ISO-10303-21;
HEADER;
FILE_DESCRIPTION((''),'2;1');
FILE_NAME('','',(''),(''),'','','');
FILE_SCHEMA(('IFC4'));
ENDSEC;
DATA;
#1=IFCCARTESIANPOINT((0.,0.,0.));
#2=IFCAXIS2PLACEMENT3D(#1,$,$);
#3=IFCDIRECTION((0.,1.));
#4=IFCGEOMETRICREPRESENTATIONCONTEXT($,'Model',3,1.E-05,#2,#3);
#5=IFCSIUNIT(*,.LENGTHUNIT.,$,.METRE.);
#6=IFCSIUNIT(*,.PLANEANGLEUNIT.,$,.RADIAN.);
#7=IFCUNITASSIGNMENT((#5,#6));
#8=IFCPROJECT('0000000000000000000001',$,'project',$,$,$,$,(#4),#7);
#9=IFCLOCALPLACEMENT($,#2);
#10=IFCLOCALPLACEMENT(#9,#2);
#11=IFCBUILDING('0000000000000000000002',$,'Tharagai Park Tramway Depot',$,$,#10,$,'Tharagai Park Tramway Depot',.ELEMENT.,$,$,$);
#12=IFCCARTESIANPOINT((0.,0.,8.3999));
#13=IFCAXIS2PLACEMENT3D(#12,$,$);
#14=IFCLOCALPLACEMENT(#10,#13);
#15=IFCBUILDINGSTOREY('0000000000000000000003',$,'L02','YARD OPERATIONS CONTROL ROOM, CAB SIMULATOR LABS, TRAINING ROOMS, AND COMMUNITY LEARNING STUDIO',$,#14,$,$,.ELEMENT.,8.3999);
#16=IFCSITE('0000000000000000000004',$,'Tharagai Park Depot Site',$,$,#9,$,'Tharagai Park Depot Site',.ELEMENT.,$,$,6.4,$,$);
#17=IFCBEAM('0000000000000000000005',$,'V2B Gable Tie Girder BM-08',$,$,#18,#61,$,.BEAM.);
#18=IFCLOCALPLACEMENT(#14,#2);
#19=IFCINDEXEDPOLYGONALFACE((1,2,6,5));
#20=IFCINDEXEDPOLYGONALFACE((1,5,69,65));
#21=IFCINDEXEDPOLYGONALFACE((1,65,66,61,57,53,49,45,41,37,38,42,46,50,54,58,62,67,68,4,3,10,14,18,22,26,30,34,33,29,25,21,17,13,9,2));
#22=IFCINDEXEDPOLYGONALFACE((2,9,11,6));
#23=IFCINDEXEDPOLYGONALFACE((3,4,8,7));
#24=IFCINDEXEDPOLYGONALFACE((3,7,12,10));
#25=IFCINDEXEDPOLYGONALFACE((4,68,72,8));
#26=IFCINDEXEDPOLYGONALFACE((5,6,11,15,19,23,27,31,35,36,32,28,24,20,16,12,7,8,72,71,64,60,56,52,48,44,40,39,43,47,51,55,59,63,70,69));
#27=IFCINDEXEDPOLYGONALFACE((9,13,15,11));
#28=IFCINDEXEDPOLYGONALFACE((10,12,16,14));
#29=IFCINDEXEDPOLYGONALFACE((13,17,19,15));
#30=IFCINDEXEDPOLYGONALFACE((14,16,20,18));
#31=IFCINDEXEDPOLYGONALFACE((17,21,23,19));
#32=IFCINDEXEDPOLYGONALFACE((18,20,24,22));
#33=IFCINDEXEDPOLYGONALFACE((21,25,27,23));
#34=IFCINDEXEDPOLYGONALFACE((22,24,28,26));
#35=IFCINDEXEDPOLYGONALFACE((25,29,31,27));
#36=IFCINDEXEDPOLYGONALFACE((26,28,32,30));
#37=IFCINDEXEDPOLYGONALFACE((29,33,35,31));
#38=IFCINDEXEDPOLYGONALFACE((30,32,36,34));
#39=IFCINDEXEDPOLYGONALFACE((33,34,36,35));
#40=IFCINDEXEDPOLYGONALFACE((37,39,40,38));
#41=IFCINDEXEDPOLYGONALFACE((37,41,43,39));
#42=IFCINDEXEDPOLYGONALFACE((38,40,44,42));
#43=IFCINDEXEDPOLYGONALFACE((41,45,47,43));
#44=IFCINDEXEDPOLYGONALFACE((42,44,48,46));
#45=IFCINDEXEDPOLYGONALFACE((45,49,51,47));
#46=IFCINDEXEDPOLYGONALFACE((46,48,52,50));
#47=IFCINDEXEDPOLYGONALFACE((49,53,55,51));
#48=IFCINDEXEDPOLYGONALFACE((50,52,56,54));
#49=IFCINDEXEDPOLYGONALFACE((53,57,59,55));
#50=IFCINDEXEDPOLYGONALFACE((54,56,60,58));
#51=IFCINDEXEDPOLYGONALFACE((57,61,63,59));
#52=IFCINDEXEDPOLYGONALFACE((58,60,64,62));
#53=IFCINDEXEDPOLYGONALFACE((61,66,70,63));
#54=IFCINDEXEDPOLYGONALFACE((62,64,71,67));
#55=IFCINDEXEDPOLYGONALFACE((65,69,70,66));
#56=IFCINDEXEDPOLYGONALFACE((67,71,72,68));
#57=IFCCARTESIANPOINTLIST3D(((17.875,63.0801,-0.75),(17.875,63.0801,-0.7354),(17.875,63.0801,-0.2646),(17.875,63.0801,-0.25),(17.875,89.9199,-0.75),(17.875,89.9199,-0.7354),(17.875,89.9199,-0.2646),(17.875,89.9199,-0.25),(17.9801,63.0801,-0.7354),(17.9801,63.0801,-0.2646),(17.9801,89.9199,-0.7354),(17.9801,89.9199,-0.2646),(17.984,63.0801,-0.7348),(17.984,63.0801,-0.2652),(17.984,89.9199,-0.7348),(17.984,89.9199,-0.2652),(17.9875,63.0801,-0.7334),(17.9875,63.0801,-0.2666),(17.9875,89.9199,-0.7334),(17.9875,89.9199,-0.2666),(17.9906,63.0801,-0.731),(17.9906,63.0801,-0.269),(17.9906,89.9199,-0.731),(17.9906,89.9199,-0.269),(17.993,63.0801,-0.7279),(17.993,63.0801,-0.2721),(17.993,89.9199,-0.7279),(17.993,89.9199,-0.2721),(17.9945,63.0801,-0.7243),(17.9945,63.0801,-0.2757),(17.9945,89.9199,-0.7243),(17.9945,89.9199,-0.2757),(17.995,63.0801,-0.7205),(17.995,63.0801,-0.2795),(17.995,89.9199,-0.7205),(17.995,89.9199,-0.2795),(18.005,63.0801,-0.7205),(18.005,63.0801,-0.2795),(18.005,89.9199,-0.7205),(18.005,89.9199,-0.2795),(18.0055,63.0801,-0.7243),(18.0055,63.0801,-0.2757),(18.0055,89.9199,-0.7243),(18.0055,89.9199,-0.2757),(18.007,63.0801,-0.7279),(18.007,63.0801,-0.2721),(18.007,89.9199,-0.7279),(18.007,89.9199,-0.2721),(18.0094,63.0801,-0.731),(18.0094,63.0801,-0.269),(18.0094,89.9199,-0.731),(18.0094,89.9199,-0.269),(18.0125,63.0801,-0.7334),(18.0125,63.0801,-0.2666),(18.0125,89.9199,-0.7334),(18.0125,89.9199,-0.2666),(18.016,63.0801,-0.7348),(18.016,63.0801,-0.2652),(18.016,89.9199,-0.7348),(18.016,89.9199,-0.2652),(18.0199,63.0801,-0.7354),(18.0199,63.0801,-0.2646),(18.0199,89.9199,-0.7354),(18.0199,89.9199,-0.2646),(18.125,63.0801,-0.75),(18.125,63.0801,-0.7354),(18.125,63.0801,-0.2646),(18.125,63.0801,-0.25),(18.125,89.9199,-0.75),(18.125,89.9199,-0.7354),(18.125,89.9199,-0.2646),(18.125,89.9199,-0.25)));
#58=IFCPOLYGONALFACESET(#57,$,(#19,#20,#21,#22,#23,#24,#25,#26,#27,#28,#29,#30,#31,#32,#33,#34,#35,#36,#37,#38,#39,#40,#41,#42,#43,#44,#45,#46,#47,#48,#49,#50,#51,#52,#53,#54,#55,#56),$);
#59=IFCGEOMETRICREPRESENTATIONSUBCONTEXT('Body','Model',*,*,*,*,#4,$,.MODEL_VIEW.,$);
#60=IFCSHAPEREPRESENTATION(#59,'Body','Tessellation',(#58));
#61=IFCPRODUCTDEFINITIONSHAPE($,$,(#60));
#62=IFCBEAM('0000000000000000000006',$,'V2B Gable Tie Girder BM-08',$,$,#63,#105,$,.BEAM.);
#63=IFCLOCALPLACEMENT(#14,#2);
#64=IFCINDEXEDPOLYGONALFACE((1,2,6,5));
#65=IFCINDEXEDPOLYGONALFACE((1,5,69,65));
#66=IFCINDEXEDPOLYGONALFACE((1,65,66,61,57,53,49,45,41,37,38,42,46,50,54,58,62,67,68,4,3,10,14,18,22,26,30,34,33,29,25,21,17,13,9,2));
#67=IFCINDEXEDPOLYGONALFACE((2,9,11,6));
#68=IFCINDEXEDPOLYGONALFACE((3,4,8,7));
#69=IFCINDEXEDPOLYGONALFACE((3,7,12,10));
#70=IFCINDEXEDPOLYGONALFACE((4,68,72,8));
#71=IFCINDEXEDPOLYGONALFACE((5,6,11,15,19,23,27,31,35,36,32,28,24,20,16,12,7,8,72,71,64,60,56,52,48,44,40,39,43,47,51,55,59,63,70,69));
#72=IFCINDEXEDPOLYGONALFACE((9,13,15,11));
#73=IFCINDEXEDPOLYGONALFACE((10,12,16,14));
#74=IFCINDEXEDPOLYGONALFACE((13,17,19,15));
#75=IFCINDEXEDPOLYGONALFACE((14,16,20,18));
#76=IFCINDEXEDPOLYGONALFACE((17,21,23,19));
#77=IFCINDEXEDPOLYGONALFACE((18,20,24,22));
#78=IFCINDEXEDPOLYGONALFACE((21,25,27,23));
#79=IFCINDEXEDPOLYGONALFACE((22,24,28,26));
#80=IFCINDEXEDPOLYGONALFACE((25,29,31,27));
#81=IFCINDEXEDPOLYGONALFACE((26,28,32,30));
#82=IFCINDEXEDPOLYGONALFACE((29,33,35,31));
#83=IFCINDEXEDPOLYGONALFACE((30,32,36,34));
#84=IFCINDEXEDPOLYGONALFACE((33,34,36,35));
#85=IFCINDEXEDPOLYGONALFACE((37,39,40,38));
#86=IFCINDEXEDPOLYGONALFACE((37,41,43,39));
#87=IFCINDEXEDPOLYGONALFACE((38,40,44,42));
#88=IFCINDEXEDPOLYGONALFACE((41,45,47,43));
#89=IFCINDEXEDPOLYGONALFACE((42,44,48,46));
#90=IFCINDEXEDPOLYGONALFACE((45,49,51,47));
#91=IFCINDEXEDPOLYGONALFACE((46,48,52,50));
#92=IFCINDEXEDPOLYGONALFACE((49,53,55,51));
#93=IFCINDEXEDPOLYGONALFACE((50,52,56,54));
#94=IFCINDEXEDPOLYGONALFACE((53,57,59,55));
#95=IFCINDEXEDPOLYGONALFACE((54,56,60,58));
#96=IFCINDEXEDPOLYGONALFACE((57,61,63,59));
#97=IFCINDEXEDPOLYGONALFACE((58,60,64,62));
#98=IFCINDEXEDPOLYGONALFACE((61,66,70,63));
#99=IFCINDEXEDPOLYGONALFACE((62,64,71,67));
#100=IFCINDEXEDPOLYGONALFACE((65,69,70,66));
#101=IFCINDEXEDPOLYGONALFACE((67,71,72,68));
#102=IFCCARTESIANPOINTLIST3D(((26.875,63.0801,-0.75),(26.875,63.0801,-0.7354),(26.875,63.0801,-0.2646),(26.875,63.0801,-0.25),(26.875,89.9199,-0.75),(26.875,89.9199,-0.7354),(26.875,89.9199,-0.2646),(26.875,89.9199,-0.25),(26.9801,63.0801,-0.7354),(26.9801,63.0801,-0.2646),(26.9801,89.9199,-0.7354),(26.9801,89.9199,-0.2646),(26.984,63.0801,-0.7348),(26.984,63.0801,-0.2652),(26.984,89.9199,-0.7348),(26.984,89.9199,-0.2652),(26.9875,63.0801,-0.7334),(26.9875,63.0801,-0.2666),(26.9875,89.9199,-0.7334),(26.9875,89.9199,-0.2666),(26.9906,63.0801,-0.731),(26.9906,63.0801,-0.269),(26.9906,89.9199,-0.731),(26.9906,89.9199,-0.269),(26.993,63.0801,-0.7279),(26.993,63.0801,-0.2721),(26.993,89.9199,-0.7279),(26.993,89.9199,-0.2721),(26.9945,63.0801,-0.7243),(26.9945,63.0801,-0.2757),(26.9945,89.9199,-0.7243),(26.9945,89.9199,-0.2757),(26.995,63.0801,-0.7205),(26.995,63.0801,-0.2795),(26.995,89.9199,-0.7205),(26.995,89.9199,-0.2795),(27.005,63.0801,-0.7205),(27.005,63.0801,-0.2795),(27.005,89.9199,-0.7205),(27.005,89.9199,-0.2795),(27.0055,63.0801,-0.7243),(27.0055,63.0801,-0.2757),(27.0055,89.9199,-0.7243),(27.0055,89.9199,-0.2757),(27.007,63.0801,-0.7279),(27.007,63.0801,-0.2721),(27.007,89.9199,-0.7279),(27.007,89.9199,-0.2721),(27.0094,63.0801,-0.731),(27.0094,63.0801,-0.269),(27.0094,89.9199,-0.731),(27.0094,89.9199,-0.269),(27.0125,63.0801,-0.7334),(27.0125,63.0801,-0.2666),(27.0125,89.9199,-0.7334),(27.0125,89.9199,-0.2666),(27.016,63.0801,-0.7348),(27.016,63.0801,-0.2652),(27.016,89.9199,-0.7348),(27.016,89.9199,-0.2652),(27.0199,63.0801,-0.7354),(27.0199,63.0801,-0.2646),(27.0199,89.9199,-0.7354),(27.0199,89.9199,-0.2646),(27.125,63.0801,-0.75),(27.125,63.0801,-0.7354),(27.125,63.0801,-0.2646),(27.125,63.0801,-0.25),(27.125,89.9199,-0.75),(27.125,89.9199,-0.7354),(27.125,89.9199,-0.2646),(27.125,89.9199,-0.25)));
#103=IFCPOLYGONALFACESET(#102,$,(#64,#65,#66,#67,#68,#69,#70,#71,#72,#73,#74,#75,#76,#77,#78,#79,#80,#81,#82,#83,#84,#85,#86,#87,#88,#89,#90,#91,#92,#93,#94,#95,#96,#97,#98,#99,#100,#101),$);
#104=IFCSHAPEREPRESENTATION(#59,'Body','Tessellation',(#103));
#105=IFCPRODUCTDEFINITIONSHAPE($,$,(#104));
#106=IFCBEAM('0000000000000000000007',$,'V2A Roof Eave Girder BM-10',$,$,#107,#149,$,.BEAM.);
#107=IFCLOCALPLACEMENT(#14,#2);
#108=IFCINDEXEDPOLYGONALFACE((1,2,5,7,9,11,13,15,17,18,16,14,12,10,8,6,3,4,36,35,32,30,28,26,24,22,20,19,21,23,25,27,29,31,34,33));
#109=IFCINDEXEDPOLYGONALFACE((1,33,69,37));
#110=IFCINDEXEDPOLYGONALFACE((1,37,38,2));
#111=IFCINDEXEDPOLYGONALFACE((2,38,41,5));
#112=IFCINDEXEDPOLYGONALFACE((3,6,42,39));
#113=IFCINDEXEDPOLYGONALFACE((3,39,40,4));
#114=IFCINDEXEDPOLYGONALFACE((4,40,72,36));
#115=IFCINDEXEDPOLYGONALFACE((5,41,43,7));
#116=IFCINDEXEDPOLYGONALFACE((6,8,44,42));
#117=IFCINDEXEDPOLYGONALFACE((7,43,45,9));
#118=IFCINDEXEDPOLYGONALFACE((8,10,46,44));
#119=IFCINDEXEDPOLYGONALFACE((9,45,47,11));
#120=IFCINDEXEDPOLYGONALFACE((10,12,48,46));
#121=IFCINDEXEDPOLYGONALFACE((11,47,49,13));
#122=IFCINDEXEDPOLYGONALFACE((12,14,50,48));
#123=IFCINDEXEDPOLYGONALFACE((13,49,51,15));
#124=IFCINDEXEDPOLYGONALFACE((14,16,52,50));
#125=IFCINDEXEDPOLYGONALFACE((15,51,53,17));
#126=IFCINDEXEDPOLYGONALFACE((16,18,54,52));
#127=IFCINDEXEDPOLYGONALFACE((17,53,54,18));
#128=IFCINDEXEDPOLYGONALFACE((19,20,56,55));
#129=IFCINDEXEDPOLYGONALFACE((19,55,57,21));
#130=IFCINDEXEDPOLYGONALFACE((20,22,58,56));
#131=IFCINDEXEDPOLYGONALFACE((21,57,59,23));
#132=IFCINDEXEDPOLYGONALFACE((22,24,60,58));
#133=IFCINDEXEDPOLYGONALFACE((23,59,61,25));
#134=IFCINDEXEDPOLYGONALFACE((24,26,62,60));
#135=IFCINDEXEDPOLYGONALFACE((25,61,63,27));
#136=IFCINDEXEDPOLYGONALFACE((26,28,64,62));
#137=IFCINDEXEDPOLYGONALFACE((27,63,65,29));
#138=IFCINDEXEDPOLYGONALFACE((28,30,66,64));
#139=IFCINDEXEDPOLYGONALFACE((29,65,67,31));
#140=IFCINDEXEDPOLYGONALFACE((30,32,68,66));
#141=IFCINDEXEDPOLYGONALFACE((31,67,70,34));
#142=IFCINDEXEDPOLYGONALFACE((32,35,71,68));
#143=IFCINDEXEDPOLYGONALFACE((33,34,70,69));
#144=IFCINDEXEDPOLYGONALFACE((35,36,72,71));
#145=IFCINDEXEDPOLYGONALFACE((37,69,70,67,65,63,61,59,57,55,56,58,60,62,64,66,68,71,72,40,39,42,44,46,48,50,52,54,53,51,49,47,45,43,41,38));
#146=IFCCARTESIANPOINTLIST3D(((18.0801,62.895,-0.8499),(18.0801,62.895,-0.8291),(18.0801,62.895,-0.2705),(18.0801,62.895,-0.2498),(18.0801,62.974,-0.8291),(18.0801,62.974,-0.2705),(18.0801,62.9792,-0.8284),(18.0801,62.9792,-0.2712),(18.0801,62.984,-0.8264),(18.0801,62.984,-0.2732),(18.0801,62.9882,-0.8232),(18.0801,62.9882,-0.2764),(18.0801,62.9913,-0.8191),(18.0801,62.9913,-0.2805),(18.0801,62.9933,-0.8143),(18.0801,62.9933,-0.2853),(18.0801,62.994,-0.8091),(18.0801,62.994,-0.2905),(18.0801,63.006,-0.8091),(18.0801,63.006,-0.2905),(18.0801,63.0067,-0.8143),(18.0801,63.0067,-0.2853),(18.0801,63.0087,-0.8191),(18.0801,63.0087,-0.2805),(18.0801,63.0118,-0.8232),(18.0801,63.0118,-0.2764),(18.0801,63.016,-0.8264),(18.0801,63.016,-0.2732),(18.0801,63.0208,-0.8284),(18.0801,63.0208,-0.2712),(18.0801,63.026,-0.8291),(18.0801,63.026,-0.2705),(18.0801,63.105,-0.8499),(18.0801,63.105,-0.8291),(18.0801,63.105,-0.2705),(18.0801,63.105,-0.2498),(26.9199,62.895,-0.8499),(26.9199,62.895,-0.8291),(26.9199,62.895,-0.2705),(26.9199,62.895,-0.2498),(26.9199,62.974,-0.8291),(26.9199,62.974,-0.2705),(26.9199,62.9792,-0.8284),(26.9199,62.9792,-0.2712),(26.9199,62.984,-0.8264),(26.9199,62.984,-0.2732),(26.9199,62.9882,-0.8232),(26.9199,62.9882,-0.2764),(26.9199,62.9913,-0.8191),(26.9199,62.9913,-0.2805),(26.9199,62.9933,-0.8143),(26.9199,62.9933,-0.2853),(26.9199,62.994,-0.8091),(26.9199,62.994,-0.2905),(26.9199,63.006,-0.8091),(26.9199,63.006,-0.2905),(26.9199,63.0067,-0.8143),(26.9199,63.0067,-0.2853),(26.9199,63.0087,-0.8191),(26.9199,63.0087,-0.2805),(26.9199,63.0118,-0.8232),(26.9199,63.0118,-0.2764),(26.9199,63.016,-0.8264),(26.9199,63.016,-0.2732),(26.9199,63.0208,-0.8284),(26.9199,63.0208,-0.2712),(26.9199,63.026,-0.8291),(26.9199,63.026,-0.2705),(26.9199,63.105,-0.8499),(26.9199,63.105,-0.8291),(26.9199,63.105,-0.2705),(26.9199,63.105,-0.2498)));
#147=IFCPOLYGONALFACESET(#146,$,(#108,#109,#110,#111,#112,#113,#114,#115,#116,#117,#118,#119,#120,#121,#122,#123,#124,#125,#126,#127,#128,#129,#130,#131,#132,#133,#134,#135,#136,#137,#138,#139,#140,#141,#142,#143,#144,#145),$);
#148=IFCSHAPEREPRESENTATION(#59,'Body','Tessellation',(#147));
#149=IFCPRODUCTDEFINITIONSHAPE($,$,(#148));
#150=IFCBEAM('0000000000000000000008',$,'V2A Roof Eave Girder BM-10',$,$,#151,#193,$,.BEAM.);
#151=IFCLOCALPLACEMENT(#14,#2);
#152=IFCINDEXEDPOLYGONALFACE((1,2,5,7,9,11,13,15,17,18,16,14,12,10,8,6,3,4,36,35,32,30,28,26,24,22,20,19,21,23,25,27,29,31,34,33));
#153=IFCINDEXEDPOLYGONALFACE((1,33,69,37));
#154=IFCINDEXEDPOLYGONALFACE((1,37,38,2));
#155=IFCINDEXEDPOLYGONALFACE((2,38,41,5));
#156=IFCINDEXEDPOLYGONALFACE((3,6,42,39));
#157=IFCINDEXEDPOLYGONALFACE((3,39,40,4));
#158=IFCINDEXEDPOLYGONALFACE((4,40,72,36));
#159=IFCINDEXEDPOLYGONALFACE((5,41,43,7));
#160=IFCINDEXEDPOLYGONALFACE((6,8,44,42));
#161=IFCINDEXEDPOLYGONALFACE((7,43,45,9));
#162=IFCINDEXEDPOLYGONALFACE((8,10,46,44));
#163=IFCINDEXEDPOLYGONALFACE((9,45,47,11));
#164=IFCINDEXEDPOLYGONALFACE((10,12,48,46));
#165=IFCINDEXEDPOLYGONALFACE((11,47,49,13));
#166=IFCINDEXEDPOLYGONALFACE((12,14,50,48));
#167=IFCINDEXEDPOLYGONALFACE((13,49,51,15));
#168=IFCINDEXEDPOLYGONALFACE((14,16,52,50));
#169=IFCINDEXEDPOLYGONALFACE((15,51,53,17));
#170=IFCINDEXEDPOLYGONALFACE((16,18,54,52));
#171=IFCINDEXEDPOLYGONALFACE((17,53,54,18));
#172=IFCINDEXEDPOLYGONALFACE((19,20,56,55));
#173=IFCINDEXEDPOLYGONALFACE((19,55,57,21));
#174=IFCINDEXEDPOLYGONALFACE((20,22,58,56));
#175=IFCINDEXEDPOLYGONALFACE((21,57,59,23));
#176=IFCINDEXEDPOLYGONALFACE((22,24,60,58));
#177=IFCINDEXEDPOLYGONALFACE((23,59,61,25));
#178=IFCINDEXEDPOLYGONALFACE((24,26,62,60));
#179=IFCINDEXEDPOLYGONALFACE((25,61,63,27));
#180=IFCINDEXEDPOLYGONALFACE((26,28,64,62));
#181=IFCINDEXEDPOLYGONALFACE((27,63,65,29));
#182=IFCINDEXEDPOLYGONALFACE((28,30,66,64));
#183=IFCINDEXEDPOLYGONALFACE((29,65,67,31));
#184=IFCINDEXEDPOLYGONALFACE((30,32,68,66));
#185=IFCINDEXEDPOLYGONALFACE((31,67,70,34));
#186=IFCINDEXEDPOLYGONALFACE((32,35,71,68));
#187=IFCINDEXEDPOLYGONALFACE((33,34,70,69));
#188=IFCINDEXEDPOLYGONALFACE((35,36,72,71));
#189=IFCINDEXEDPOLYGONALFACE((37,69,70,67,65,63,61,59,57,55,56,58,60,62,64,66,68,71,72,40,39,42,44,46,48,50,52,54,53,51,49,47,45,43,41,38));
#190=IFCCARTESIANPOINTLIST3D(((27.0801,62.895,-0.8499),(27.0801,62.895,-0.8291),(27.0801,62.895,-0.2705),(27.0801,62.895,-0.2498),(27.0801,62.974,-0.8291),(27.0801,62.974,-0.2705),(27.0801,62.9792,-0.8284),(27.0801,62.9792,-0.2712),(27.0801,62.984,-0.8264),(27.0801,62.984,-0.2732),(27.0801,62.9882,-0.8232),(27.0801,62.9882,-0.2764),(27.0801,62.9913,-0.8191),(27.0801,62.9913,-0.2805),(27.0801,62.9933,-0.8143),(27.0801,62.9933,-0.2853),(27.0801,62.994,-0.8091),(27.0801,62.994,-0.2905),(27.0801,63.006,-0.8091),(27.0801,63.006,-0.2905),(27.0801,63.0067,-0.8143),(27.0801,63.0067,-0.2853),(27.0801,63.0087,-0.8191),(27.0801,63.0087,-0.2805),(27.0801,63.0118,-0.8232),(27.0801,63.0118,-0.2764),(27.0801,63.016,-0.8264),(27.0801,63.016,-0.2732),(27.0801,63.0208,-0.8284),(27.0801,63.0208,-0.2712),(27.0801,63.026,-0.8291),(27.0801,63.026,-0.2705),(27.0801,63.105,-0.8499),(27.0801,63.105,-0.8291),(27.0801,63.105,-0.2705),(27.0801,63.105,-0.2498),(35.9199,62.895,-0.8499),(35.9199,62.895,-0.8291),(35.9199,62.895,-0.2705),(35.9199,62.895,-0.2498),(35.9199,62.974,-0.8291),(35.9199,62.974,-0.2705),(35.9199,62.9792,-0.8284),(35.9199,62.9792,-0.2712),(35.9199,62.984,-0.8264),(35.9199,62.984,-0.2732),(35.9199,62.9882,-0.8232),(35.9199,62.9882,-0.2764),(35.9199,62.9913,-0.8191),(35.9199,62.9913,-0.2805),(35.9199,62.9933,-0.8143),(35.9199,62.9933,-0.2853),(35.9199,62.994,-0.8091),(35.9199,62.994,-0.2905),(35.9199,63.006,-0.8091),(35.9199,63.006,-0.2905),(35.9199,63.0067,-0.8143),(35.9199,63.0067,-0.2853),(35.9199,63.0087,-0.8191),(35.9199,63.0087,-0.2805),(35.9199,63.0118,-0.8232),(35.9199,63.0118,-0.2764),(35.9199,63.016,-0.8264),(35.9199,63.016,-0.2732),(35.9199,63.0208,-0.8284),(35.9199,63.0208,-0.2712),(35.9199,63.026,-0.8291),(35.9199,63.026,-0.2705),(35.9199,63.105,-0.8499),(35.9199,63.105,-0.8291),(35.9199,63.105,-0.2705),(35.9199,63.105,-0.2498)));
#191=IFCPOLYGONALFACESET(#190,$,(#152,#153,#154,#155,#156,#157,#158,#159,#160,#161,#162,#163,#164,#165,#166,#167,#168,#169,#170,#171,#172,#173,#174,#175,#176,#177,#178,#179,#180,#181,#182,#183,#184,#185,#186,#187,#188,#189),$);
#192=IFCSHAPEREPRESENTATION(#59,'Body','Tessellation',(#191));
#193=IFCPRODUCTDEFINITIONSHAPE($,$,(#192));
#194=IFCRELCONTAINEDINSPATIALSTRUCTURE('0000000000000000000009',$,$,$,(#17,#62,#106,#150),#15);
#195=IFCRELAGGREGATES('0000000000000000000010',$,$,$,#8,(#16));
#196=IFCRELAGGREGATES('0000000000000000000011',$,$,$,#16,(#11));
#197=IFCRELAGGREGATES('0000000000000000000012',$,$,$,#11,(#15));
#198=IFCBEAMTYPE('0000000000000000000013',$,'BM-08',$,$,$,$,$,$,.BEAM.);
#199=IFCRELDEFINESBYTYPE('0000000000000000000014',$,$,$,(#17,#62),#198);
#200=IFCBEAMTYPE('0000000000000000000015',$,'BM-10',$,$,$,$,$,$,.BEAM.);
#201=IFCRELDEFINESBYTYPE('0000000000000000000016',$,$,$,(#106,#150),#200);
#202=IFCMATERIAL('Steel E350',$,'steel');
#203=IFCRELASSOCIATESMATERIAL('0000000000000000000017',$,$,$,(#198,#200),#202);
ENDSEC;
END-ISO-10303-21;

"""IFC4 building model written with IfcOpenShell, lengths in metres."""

from ifc_helpers import new_model, si_unit, direction, frame, origin, origin_2d, place, context, subcontext, project, spatial, i_section, extrude, material, material_profile, profile_set, type_object, element, save


model = new_model("IFC4")

# Units and contexts
model_context = context("Model", 3, precision=1e-05, world=origin(), true_north=direction((0.0, 1.0)))
body_context = subcontext(model_context, "Body", "Model", "MODEL_VIEW")
ifc_project = project(units=[si_unit("LENGTHUNIT", "METRE"), si_unit("PLANEANGLEUNIT", "RADIAN")], contexts=[model_context])

# Site, building, storey
site_placement = place(None, origin())
site = spatial("IfcSite", under=ifc_project, at=site_placement, Name="Tharagai Park Depot Site", LongName="Tharagai Park Depot Site", CompositionType="ELEMENT", RefElevation=6.4)
building_placement = place(site_placement, origin())
building = spatial("IfcBuilding", under=site, at=building_placement, Name="Tharagai Park Tramway Depot", LongName="Tharagai Park Tramway Depot", CompositionType="ELEMENT")
storey_placement = place(building_placement, frame((0.0, 0.0, 8.3999)))
storey = spatial("IfcBuildingStorey", under=building, at=storey_placement, Name="L02", Description="YARD OPERATIONS CONTROL ROOM, CAB SIMULATOR LABS, TRAINING ROOMS, AND COMMUNITY LEARNING STUDIO", CompositionType="ELEMENT", Elevation=8.3999)

# Beams
ifc_material_1 = material(Name="Steel E350", Category="steel")
ifc_material_profile_1 = material_profile(ifc_material_1, i_section(OverallWidth=0.25, OverallDepth=0.5, WebThickness=0.01, FlangeThickness=0.0146, FilletRadius=0.0149, at=origin_2d()), Name="ISWB 500")
ifc_profile_set_1 = profile_set([ifc_material_profile_1], Name="Steel E350")
beam_type_1 = type_object("IfcBeamType", Name="BM-08", PredefinedType="BEAM", material=ifc_profile_set_1)
for number, where, z_axis, x_axis, name in (
    (1, (18.0, 63.0801, -0.5), (0.0, 1.0, 0.0), (-1.0, 0.0, 0.0), "V2B Gable Tie Girder BM-08"),
    (2, (27.0, 63.0801, -0.5), (0.0, 1.0, 0.0), (-1.0, 0.0, 0.0), "V2B Gable Tie Girder BM-08"),
):
    element("IfcBeam", number, at=place(storey_placement, frame(where, z_axis=z_axis, x_axis=x_axis)), inside=storey, type_object=beam_type_1, Name=name, PredefinedType="BEAM", context=body_context, shape_type="SweptSolid", body=[
        extrude(i_section(OverallWidth=0.25, OverallDepth=0.5, WebThickness=0.01, FlangeThickness=0.0146, FilletRadius=0.0149, at=origin_2d()), origin(), (0.0, 0.0, 1.0), 26.8398),
    ])
ifc_material_profile_2 = material_profile(ifc_material_1, i_section(OverallWidth=0.21, OverallDepth=0.6001, WebThickness=0.012, FlangeThickness=0.0208, FilletRadius=0.02, at=origin_2d()), Name="ISMB 600")
ifc_profile_set_2 = profile_set([ifc_material_profile_2], Name="Steel E350")
beam_type_2 = type_object("IfcBeamType", Name="BM-10", PredefinedType="BEAM", material=ifc_profile_set_2)
for number, where, z_axis, x_axis, name in (
    (3, (18.0801, 63.0, -0.5498), (1.0, 0.0, 0.0), (0.0, 1.0, 0.0), "V2A Roof Eave Girder BM-10"),
    (4, (27.0801, 63.0, -0.5498), (1.0, 0.0, 0.0), (0.0, 1.0, 0.0), "V2A Roof Eave Girder BM-10"),
):
    element("IfcBeam", number, at=place(storey_placement, frame(where, z_axis=z_axis, x_axis=x_axis)), inside=storey, type_object=beam_type_2, Name=name, PredefinedType="BEAM", context=body_context, shape_type="SweptSolid", body=[
        extrude(i_section(OverallWidth=0.21, OverallDepth=0.6001, WebThickness=0.012, FlangeThickness=0.0208, FilletRadius=0.02, at=origin_2d()), origin(), (0.0, 0.0, 1.0), 8.8398),
    ])

save(model, "model.ifc")
